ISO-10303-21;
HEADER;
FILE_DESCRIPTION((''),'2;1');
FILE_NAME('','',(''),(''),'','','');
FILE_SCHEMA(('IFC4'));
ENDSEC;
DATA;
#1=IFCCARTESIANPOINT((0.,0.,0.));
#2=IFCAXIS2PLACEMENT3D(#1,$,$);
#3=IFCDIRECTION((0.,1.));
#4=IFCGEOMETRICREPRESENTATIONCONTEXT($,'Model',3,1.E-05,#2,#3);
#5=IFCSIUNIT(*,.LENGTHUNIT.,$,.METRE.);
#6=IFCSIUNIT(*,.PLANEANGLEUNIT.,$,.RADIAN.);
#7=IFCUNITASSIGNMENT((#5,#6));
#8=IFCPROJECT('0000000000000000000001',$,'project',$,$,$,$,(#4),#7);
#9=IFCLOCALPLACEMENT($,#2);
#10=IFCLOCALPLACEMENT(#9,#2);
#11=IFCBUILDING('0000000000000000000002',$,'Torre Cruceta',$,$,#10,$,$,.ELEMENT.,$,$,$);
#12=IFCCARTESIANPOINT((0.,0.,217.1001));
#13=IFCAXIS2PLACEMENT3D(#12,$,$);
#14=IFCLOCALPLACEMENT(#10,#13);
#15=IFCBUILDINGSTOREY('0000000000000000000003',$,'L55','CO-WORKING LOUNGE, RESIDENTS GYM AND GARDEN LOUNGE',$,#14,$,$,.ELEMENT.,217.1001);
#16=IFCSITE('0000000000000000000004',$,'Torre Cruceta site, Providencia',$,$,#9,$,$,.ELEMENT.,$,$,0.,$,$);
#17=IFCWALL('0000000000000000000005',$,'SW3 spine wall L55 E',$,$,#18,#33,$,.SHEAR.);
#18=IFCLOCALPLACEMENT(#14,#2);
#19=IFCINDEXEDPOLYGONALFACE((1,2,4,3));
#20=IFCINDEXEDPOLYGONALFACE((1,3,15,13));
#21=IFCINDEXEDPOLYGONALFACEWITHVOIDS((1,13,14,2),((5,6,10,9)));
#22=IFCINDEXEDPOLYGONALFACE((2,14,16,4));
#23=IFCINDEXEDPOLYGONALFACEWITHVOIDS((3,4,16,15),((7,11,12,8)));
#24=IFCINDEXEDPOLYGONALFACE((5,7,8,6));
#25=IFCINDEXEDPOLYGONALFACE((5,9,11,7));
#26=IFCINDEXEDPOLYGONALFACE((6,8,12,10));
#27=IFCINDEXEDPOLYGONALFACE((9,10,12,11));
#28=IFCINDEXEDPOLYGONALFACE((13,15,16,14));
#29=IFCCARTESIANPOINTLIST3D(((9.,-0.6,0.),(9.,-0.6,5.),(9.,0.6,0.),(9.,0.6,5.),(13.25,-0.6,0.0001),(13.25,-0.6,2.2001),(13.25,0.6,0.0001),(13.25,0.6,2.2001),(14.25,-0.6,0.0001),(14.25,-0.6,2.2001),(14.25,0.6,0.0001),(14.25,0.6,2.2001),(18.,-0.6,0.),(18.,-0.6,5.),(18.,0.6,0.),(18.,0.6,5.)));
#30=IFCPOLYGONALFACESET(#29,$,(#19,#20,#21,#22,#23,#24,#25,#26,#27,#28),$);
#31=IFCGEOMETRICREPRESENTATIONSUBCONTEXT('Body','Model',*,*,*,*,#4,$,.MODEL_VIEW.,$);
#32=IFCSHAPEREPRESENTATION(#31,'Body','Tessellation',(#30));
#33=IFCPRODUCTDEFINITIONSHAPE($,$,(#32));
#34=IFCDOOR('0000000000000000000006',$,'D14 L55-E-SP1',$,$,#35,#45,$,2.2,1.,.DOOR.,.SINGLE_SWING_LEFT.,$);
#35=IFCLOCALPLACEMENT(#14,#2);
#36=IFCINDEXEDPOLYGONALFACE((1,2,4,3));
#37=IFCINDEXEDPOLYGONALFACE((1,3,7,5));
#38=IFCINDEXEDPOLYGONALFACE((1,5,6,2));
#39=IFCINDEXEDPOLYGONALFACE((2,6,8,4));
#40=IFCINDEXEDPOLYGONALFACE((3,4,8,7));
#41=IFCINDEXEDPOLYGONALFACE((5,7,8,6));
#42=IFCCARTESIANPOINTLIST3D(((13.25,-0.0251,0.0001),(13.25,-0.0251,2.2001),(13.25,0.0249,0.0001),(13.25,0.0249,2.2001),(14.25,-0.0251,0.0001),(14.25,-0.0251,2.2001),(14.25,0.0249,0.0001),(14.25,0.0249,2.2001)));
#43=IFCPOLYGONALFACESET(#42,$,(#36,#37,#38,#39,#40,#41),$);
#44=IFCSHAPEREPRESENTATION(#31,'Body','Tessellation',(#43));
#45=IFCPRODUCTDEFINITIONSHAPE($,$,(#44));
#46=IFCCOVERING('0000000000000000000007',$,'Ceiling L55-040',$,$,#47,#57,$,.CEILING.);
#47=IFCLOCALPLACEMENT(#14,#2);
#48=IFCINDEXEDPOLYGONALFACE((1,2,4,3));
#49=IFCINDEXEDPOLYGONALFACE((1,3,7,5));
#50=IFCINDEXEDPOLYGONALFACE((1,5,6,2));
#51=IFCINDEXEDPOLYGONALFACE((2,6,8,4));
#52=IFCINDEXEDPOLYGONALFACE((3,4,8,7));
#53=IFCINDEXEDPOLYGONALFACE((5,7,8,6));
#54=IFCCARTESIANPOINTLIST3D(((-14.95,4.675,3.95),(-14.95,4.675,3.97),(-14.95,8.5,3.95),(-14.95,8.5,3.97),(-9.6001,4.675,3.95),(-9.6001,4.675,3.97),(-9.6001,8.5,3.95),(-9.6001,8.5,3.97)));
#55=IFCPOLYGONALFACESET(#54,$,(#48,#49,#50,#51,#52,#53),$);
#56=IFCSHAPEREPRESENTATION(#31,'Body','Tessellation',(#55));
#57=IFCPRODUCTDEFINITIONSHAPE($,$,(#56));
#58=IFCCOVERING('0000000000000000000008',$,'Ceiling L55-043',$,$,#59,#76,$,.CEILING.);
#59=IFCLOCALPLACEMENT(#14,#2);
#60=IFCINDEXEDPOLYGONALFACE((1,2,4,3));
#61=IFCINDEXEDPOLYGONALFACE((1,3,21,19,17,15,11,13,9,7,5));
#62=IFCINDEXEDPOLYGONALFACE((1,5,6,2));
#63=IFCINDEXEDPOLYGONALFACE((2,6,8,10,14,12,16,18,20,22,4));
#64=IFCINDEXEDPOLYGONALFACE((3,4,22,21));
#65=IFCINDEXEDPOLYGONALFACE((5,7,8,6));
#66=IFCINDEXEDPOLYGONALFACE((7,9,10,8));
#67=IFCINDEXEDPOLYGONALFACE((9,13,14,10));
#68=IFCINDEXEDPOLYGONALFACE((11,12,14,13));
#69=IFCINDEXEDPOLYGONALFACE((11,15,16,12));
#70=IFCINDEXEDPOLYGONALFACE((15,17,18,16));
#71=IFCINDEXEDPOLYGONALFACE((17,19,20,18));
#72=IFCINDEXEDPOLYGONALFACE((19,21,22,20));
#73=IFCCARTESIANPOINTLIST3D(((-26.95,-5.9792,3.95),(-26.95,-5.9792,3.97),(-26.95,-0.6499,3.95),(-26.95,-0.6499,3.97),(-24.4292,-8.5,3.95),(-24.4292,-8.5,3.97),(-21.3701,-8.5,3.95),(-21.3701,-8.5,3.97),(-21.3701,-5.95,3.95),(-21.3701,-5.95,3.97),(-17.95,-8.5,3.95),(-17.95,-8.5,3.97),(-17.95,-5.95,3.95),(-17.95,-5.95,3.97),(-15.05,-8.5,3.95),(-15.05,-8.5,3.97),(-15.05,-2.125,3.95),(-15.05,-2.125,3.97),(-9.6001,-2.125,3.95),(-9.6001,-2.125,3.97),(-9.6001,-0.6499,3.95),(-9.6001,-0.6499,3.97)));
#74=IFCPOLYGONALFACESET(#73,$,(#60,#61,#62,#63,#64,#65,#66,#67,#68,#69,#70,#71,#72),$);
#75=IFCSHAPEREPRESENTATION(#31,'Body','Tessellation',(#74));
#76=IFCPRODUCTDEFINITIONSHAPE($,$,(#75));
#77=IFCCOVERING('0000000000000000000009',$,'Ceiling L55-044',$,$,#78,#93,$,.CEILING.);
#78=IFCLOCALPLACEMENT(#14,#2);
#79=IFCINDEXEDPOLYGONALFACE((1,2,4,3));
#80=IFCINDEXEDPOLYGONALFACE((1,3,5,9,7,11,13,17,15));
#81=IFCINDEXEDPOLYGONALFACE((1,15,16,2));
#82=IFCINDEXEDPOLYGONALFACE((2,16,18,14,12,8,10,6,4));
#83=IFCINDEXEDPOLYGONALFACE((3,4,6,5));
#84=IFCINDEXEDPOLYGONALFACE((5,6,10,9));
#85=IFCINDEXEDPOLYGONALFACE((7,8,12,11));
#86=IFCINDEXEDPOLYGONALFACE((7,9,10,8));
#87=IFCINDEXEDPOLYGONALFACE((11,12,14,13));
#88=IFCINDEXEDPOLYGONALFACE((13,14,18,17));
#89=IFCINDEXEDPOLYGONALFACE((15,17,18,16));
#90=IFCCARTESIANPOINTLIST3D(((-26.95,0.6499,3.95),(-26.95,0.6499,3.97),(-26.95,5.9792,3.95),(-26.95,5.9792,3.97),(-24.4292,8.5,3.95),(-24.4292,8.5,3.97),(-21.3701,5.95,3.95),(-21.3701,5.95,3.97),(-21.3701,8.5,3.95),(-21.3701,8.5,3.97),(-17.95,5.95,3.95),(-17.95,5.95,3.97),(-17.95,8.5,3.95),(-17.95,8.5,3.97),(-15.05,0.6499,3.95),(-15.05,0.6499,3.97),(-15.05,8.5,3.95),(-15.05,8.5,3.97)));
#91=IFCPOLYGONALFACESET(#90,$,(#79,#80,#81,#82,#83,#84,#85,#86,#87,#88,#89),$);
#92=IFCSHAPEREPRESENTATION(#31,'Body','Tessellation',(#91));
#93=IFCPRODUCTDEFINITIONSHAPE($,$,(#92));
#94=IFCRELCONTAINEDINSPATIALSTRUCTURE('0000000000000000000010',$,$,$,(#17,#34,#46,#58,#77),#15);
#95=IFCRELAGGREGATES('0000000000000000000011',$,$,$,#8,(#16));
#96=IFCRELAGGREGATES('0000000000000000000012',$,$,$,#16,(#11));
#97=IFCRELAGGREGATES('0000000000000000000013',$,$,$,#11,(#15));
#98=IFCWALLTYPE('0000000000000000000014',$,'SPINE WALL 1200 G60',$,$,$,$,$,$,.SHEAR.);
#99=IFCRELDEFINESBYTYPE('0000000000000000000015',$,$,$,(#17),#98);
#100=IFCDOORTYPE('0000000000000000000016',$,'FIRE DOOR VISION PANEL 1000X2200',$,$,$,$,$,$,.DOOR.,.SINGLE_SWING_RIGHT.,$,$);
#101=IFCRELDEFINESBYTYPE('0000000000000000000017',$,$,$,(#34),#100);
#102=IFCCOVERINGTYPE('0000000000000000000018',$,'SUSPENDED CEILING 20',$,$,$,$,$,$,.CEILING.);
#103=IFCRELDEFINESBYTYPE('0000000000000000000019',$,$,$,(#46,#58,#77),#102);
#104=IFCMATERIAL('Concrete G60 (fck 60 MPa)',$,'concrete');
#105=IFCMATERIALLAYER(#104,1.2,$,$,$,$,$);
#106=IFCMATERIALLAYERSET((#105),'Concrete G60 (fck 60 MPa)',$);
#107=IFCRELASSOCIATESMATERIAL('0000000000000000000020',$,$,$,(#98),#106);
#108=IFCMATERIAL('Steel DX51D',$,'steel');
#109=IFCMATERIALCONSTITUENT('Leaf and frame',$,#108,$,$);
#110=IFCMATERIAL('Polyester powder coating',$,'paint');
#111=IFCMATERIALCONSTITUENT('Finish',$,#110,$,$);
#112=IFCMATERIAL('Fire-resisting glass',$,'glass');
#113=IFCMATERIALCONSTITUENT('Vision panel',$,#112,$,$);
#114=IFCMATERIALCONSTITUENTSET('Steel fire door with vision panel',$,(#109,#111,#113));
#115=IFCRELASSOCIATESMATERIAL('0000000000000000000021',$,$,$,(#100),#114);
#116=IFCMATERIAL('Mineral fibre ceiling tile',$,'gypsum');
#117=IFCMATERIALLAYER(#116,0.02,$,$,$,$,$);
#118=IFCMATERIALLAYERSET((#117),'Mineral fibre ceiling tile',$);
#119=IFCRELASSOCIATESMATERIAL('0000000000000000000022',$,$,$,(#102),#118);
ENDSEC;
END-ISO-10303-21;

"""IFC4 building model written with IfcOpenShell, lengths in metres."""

from ifc_helpers import new_model, si_unit, direction, frame, frame_2d, origin, place, context, subcontext, project, spatial, polyline, rectangle, outline, extrude, material, layer, layer_set, constituent, constituent_set, type_object, element, fill, save


model = new_model("IFC4")

# Units and contexts
model_context = context("Model", 3, precision=1e-05, world=origin(), true_north=direction((0.0, 1.0)))
body_context = subcontext(model_context, "Body", "Model", "MODEL_VIEW")
ifc_project = project(units=[si_unit("LENGTHUNIT", "METRE"), si_unit("PLANEANGLEUNIT", "RADIAN")], contexts=[model_context])

# Site, building, storey
site_placement = place(None, origin())
site = spatial("IfcSite", under=ifc_project, at=site_placement, Name="Torre Cruceta site, Providencia", CompositionType="ELEMENT", RefElevation=0.0)
building_placement = place(site_placement, origin())
building = spatial("IfcBuilding", under=site, at=building_placement, Name="Torre Cruceta", CompositionType="ELEMENT")
storey_placement = place(building_placement, frame((0.0, 0.0, 217.1001)))
storey = spatial("IfcBuildingStorey", under=building, at=storey_placement, Name="L55", Description="CO-WORKING LOUNGE, RESIDENTS GYM AND GARDEN LOUNGE", CompositionType="ELEMENT", Elevation=217.1001)

# Wall, opening, door
ifc_material_1 = material(Name="Concrete G60 (fck 60 MPa)", Category="concrete")
ifc_layer_1 = layer(ifc_material_1, 1.2)
ifc_layer_set_1 = layer_set([ifc_layer_1], Name="Concrete G60 (fck 60 MPa)")
wall_type_1 = type_object("IfcWallType", Name="SPINE WALL 1200 G60", PredefinedType="SHEAR", material=ifc_layer_set_1)
wall_1_placement = place(storey_placement, frame((9.0, 0.0, 0.0), z_axis=(0.0, 0.0, 1.0), x_axis=(1.0, 0.0, 0.0)))
wall_1 = element("IfcWall", 1, at=wall_1_placement, inside=storey, type_object=wall_type_1, Name="SW3 spine wall L55 E", PredefinedType="SHEAR", context=body_context, shape_type="SweptSolid", body=[
    extrude(rectangle(XDim=9.0, YDim=1.2, at=frame_2d((4.5, 0.0))), origin(), (0.0, 0.0, 1.0), 5.0),
])
opening_1_placement = place(wall_1_placement, frame((4.25, 0.0, 0.0)))
opening_1 = element("IfcOpeningElement", 2, at=opening_1_placement, cuts=wall_1, PredefinedType="OPENING", context=body_context, shape_type="SweptSolid", body=[
    extrude(rectangle(XDim=1.0, YDim=2.2, at=frame_2d((0.5, 1.1001))), frame((0.0, 0.6099, 0.0), z_axis=(0.0, -1.0, 0.0), x_axis=(1.0, 0.0, 0.0)), (0.0, 0.0, 1.0), 1.22),
])
ifc_material_2 = material(Name="Steel DX51D", Category="steel")
ifc_constituent_1 = constituent(ifc_material_2, Name="Leaf and frame")
ifc_material_3 = material(Name="Polyester powder coating", Category="paint")
ifc_constituent_2 = constituent(ifc_material_3, Name="Finish")
ifc_material_4 = material(Name="Fire-resisting glass", Category="glass")
ifc_constituent_3 = constituent(ifc_material_4, Name="Vision panel")
ifc_constituent_set_1 = constituent_set(constituents=[ifc_constituent_1, ifc_constituent_2, ifc_constituent_3], Name="Steel fire door with vision panel")
door_type_1 = type_object("IfcDoorType", Name="FIRE DOOR VISION PANEL 1000X2200", OperationType="SINGLE_SWING_RIGHT", PredefinedType="DOOR", material=ifc_constituent_set_1)
door_1_placement = place(opening_1_placement, origin())
door_1 = element("IfcDoor", 3, at=door_1_placement, inside=storey, type_object=door_type_1, Name="D14 L55-E-SP1", OperationType="SINGLE_SWING_LEFT", OverallHeight=2.2, OverallWidth=1.0, PredefinedType="DOOR", context=body_context, shape_type="SweptSolid", body=[
    extrude(rectangle(XDim=1.0, YDim=2.2, at=frame_2d((0.5, 1.1001))), frame((0.0, 0.0249, 0.0), z_axis=(0.0, -1.0, 0.0), x_axis=(1.0, 0.0, 0.0)), (0.0, 0.0, 1.0), 0.05),
])
fill(opening_1, door_1)

# Coverings
ifc_material_5 = material(Name="Mineral fibre ceiling tile", Category="gypsum")
ifc_layer_2 = layer(ifc_material_5, 0.02)
ifc_layer_set_2 = layer_set([ifc_layer_2], Name="Mineral fibre ceiling tile")
covering_type = type_object("IfcCoveringType", Name="SUSPENDED CEILING 20", PredefinedType="CEILING", material=ifc_layer_set_2)
covering_1_placement = place(storey_placement, frame((0.0, 0.0, 3.95)))
element("IfcCovering", 4, at=covering_1_placement, inside=storey, type_object=covering_type, Name="Ceiling L55-040", PredefinedType="CEILING", context=body_context, shape_type="SweptSolid", body=[
    extrude(outline(polyline([(-9.6001, 8.5), (-9.6001, 4.675), (-14.95, 4.675), (-14.95, 8.5), (-9.6001, 8.5)])), origin(), (0.0, 0.0, 1.0), 0.02),
])
covering_2_placement = place(storey_placement, frame((0.0, 0.0, 3.95)))
element("IfcCovering", 5, at=covering_2_placement, inside=storey, type_object=covering_type, Name="Ceiling L55-043", PredefinedType="CEILING", context=body_context, shape_type="SweptSolid", body=[
    extrude(outline(polyline([(-9.6001, -2.125), (-15.05, -2.125), (-15.05, -8.5), (-17.95, -8.5), (-17.95, -5.95), (-21.3701, -5.95), (-21.3701, -8.5), (-24.4292, -8.5), (-26.95, -5.9792), (-26.95, -0.6499), (-9.6001, -0.6499), (-9.6001, -2.125)])), origin(), (0.0, 0.0, 1.0), 0.02),
])
covering_3_placement = place(storey_placement, frame((0.0, 0.0, 3.95)))
element("IfcCovering", 6, at=covering_3_placement, inside=storey, type_object=covering_type, Name="Ceiling L55-044", PredefinedType="CEILING", context=body_context, shape_type="SweptSolid", body=[
    extrude(outline(polyline([(-26.95, 5.9792), (-24.4292, 8.5), (-21.3701, 8.5), (-21.3701, 5.95), (-17.95, 5.95), (-17.95, 8.5), (-15.05, 8.5), (-15.05, 0.6499), (-26.95, 0.6499), (-26.95, 5.9792)])), origin(), (0.0, 0.0, 1.0), 0.02),
])

save(model, "model.ifc")
